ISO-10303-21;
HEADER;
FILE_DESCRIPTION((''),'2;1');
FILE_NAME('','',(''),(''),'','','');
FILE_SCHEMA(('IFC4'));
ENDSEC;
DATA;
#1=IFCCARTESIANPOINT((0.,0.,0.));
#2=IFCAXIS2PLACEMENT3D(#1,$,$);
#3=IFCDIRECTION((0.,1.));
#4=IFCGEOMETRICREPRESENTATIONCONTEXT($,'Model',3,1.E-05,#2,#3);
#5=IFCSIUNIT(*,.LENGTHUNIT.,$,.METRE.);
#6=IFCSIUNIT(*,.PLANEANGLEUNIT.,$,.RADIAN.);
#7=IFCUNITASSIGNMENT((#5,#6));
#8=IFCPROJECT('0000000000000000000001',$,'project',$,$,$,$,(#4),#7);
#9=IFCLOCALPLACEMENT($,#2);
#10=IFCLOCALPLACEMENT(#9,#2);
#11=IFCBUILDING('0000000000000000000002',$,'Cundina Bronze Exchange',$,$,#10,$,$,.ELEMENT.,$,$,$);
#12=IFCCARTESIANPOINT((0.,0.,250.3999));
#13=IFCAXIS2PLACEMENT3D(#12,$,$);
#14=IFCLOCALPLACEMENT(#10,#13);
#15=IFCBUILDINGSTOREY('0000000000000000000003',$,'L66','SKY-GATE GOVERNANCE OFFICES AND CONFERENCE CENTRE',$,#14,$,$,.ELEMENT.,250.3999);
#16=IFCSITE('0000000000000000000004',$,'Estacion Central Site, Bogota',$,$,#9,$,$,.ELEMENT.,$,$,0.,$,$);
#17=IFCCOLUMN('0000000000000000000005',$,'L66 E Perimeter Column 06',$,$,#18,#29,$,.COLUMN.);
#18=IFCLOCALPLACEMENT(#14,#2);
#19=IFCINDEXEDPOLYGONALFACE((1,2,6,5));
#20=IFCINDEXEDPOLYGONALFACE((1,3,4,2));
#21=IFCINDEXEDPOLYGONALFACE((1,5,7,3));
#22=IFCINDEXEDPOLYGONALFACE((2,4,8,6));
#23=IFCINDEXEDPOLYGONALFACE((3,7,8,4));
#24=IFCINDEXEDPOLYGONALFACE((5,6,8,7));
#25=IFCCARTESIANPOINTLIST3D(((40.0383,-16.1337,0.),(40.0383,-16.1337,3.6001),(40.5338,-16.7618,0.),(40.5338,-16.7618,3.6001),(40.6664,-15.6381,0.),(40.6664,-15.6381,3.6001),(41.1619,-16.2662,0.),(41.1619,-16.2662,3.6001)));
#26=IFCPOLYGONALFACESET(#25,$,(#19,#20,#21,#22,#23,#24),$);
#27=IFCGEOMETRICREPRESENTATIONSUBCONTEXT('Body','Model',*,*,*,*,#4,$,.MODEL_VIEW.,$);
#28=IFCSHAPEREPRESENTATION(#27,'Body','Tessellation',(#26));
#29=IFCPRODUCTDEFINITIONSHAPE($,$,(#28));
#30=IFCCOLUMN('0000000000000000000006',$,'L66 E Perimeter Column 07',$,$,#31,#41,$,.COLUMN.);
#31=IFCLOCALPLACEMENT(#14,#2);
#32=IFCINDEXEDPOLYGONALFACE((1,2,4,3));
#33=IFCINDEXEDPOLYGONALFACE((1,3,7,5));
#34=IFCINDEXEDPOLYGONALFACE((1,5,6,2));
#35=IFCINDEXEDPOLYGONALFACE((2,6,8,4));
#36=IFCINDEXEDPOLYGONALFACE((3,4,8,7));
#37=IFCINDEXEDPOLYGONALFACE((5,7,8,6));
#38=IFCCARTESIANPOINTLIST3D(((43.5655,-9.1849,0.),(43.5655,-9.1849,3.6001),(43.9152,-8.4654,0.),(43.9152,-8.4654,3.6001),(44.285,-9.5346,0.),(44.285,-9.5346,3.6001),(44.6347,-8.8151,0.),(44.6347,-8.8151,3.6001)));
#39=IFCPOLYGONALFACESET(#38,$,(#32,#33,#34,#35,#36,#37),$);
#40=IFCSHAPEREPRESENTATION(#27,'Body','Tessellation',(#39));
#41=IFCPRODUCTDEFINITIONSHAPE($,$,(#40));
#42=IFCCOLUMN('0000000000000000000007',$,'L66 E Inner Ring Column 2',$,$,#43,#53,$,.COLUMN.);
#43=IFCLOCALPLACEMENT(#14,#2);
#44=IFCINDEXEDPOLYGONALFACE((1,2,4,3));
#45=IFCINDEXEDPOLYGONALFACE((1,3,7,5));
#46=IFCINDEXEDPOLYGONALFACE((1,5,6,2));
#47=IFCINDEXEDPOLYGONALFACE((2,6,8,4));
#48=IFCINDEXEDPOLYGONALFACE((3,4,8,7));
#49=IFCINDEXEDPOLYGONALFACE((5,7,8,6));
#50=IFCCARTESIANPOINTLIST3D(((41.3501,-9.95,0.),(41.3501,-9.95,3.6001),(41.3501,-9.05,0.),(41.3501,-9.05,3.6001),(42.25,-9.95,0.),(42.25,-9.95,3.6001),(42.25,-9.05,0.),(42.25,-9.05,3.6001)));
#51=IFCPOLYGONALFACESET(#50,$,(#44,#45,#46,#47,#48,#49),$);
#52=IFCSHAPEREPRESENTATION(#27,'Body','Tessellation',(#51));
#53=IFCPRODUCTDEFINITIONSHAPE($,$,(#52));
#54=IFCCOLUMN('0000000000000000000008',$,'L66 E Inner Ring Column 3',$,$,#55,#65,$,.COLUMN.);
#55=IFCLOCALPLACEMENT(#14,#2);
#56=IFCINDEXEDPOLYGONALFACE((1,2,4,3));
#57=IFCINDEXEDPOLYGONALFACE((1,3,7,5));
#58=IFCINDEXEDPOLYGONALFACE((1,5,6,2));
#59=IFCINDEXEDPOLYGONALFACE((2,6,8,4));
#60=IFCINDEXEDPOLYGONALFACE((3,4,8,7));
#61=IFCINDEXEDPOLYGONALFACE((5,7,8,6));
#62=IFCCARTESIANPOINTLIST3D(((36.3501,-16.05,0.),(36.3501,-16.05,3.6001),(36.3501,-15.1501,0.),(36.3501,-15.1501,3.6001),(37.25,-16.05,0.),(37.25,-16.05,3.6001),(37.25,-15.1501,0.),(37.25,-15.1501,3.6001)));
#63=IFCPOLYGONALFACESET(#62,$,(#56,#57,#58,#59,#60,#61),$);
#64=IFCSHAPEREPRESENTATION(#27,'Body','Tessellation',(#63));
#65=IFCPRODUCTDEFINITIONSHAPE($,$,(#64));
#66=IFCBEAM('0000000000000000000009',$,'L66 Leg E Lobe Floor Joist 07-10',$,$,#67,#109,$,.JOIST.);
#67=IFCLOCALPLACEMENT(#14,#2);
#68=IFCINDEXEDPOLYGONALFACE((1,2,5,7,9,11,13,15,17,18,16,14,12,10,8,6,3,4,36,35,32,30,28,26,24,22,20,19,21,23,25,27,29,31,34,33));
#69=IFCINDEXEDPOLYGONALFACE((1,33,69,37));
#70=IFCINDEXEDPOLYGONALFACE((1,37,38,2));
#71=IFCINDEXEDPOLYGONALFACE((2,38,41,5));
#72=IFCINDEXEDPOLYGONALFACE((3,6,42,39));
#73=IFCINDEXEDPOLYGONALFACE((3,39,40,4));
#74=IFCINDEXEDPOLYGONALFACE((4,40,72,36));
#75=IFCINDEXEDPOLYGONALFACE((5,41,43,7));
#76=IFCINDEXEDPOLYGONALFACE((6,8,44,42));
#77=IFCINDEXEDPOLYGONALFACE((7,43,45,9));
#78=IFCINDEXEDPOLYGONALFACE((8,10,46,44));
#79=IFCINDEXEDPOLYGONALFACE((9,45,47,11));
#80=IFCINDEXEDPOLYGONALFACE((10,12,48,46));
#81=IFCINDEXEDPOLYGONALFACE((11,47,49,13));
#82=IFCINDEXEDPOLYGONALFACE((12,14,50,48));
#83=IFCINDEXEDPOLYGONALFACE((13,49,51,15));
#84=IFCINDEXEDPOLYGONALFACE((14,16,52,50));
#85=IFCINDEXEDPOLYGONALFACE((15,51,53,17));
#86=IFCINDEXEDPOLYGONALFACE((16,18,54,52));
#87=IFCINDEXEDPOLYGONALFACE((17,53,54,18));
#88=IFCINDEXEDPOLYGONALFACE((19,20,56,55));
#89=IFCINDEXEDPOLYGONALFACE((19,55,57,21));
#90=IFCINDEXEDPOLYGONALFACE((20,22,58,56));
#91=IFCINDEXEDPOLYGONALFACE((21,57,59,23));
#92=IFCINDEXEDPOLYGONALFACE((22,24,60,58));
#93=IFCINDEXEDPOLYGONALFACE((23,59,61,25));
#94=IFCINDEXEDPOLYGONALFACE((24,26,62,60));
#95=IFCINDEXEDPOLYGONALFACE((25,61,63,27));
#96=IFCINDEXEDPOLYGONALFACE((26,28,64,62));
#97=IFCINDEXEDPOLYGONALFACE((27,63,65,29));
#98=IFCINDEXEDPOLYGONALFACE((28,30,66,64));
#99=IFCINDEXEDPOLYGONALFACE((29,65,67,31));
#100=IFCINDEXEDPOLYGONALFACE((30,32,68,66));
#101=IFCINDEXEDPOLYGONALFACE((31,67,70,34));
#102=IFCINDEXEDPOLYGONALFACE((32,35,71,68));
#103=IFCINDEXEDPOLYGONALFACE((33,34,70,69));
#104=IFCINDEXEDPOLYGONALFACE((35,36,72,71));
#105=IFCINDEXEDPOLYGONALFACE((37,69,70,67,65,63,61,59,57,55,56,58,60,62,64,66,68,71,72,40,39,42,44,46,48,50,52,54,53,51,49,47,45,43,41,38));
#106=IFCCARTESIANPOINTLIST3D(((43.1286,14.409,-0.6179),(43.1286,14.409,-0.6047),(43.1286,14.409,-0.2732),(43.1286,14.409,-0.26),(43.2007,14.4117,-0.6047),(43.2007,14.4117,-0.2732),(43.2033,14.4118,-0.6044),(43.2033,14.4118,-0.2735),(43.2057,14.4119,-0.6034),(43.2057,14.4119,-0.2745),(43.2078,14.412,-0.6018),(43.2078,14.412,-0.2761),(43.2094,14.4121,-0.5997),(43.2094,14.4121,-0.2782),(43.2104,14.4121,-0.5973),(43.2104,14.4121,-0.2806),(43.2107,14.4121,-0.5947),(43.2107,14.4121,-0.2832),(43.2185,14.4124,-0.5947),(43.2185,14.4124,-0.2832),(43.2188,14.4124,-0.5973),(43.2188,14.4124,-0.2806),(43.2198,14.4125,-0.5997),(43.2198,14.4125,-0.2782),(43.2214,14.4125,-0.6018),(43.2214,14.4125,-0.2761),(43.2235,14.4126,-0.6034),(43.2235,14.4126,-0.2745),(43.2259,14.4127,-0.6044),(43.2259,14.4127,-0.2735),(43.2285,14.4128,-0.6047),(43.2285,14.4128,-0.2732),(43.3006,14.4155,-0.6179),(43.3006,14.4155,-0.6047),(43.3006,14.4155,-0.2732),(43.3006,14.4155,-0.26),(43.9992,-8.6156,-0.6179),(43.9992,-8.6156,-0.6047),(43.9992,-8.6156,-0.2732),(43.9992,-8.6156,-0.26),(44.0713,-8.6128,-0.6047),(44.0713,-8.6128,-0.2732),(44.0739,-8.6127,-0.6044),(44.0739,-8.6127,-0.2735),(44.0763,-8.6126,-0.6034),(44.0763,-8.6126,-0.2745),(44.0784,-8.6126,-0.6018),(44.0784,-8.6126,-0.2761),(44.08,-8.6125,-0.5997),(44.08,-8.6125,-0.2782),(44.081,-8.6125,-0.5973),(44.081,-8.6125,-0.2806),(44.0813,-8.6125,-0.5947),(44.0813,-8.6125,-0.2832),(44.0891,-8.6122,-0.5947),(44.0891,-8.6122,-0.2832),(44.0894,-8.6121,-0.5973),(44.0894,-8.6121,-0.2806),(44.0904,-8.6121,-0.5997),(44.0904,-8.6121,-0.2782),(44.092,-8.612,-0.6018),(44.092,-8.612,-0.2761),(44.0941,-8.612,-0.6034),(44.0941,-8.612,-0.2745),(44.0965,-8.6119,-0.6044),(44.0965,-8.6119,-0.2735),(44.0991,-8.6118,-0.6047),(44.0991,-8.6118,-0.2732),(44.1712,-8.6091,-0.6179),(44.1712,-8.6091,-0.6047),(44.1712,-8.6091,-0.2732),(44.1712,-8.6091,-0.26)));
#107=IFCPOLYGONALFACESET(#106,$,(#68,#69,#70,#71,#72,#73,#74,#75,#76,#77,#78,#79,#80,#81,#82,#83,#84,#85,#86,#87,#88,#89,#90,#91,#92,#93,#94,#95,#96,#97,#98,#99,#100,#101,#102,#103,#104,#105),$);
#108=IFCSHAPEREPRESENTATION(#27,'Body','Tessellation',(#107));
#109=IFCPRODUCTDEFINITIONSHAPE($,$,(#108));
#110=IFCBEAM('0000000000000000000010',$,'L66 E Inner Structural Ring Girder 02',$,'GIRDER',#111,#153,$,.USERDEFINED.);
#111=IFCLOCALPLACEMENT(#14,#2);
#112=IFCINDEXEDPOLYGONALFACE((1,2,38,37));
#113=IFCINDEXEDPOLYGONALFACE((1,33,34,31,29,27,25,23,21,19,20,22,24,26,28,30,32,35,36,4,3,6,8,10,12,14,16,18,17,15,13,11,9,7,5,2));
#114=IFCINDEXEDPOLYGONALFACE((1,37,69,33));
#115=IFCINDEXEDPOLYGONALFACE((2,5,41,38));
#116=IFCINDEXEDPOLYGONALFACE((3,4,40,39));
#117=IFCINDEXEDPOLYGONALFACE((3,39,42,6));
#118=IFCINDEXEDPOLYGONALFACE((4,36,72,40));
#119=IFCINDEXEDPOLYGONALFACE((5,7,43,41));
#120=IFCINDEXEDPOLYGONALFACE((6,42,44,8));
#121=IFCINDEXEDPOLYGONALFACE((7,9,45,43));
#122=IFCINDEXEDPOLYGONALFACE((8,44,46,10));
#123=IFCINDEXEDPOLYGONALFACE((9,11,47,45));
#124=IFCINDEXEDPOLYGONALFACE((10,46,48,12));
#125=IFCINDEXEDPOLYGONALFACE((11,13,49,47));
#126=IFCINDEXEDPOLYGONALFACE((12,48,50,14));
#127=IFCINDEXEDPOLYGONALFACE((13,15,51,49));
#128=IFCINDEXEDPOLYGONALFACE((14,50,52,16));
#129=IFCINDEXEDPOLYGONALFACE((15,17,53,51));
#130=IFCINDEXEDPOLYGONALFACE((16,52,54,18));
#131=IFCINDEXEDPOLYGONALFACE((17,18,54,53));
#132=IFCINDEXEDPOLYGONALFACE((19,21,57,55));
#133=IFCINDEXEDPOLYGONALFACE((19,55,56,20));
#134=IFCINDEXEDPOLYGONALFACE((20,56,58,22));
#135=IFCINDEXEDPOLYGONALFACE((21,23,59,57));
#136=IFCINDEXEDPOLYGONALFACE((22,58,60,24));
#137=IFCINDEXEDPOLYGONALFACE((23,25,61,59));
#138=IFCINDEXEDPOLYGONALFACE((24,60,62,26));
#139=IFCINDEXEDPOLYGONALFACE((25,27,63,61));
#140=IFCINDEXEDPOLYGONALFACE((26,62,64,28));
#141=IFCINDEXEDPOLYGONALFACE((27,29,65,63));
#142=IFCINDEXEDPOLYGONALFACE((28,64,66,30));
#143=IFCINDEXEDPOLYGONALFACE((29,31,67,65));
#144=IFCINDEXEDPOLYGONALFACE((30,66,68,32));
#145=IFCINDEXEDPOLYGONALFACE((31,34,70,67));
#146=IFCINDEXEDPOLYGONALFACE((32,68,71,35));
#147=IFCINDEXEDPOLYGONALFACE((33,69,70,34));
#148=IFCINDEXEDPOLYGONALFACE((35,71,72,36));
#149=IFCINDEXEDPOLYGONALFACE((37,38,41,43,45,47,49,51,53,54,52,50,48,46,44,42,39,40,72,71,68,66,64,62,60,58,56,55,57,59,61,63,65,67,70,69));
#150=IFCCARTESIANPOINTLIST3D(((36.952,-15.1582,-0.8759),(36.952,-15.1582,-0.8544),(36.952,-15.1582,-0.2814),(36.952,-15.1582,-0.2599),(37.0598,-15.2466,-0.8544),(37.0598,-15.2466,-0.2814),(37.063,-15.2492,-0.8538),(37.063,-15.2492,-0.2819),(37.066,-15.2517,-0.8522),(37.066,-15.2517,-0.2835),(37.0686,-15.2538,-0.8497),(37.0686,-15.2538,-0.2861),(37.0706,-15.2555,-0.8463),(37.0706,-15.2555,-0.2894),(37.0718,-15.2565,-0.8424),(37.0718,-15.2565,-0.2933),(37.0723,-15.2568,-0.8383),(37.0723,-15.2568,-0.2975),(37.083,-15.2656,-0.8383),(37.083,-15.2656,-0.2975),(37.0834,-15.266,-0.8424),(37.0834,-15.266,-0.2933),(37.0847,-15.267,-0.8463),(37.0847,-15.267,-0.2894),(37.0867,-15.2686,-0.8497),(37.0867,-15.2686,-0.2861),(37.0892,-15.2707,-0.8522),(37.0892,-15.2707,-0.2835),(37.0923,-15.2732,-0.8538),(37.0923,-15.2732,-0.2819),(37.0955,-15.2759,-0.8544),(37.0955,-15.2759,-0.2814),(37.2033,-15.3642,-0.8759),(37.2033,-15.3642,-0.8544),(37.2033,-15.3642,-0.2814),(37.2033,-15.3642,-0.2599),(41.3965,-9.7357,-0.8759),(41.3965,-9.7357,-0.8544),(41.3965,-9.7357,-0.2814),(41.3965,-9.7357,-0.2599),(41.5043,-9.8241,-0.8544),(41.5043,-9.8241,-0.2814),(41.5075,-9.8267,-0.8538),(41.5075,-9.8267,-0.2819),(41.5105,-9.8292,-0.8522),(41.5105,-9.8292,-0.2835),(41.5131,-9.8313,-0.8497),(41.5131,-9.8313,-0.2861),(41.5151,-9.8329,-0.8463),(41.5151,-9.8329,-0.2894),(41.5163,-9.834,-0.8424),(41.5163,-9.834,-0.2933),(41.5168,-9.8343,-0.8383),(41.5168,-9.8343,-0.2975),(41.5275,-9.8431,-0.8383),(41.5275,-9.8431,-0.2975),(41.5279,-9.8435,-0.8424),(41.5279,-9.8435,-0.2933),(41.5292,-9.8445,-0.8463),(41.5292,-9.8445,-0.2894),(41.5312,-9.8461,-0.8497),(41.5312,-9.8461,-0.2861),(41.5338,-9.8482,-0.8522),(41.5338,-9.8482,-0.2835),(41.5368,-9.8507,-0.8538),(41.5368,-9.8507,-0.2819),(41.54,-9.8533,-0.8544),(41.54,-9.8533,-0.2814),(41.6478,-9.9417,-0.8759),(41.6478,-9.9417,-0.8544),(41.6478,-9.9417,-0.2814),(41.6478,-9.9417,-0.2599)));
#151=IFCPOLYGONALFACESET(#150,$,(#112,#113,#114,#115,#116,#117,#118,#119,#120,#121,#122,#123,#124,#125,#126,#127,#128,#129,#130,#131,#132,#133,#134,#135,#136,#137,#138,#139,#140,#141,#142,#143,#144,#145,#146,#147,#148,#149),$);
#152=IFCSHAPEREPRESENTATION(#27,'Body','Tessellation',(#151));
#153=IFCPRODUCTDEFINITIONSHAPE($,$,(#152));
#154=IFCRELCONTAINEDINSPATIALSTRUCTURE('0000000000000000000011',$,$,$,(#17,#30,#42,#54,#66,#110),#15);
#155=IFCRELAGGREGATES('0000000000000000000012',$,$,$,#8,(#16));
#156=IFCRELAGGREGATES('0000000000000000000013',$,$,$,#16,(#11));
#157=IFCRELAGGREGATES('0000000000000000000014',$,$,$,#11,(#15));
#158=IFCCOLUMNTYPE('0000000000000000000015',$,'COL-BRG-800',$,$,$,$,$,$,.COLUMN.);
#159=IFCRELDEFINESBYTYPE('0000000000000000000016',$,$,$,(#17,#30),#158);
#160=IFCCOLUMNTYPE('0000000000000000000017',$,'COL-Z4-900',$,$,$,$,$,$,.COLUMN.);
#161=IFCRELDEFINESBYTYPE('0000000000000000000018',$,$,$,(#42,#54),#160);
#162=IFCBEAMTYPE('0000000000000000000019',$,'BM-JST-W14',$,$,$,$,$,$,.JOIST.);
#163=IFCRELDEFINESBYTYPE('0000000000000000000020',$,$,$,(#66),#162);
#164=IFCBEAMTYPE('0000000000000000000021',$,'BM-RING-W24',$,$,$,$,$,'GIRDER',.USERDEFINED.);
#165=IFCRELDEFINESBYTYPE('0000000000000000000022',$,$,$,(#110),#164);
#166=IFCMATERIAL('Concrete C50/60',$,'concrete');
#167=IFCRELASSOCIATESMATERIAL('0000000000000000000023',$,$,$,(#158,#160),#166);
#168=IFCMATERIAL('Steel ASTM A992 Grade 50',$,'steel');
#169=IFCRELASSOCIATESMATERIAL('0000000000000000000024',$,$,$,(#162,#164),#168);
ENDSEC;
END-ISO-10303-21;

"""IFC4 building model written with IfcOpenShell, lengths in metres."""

from ifc_helpers import new_model, si_unit, direction, frame, origin, origin_2d, place, context, subcontext, project, spatial, rectangle, i_section, extrude, material, material_profile, profile_set, type_object, element, save


model = new_model("IFC4")

# Units and contexts
model_context = context("Model", 3, precision=1e-05, world=origin(), true_north=direction((0.0, 1.0)))
body_context = subcontext(model_context, "Body", "Model", "MODEL_VIEW")
ifc_project = project(units=[si_unit("LENGTHUNIT", "METRE"), si_unit("PLANEANGLEUNIT", "RADIAN")], contexts=[model_context])

# Site, building, storey
site_placement = place(None, origin())
site = spatial("IfcSite", under=ifc_project, at=site_placement, Name="Estacion Central Site, Bogota", CompositionType="ELEMENT", RefElevation=0.0)
building_placement = place(site_placement, origin())
building = spatial("IfcBuilding", under=site, at=building_placement, Name="Cundina Bronze Exchange", CompositionType="ELEMENT")
storey_placement = place(building_placement, frame((0.0, 0.0, 250.3999)))
storey = spatial("IfcBuildingStorey", under=building, at=storey_placement, Name="L66", Description="SKY-GATE GOVERNANCE OFFICES AND CONFERENCE CENTRE", CompositionType="ELEMENT", Elevation=250.3999)

# Columns
ifc_material_1 = material(Name="Concrete C50/60", Category="concrete")
ifc_material_profile_1 = material_profile(ifc_material_1, rectangle(XDim=0.8, YDim=0.8, at=origin_2d()), Name="RC800X800", Category="concrete")
ifc_profile_set_1 = profile_set([ifc_material_profile_1], Name="Concrete C50/60")
column_type_1 = type_object("IfcColumnType", Name="COL-BRG-800", PredefinedType="COLUMN", material=ifc_profile_set_1)
for number, where, z_axis, x_axis, name in (
    (1, (40.6001, -16.2, 0.0), (0.0, 0.0, 1.0), (0.785101, 0.619368, 0.0), "L66 E Perimeter Column 06"),
    (2, (44.1001, -9.0, 0.0), (0.0, 0.0, 1.0), (0.437116, 0.899405, 0.0), "L66 E Perimeter Column 07"),
):
    element("IfcColumn", number, at=place(storey_placement, frame(where, z_axis=z_axis, x_axis=x_axis)), inside=storey, type_object=column_type_1, Name=name, PredefinedType="COLUMN", context=body_context, shape_type="SweptSolid", body=[
        extrude(rectangle(XDim=0.8, YDim=0.8, at=origin_2d()), origin(), (0.0, 0.0, 1.0), 3.6001),
    ])
ifc_material_profile_2 = material_profile(ifc_material_1, rectangle(XDim=0.8999, YDim=0.8999, at=origin_2d()), Name="RC900X900", Category="concrete")
ifc_profile_set_2 = profile_set([ifc_material_profile_2], Name="Concrete C50/60")
column_type_2 = type_object("IfcColumnType", Name="COL-Z4-900", PredefinedType="COLUMN", material=ifc_profile_set_2)
for number, where, z_axis, x_axis, name in (
    (3, (41.8, -9.5, 0.0), (0.0, 0.0, 1.0), (1.0, 0.0, 0.0), "L66 E Inner Ring Column 2"),
    (4, (36.8, -15.6001, 0.0), (0.0, 0.0, 1.0), (1.0, 0.0, 0.0), "L66 E Inner Ring Column 3"),
):
    element("IfcColumn", number, at=place(storey_placement, frame(where, z_axis=z_axis, x_axis=x_axis)), inside=storey, type_object=column_type_2, Name=name, PredefinedType="COLUMN", context=body_context, shape_type="SweptSolid", body=[
        extrude(rectangle(XDim=0.8999, YDim=0.8999, at=origin_2d()), origin(), (0.0, 0.0, 1.0), 3.6001),
    ])

# Beams
ifc_material_2 = material(Name="Steel ASTM A992 Grade 50", Category="steel")
ifc_material_profile_3 = material_profile(ifc_material_2, i_section(OverallWidth=0.1721, OverallDepth=0.3579, WebThickness=0.0078, FlangeThickness=0.0132, FilletRadius=0.01, at=origin_2d()), Name="W14X38", Category="steel")
ifc_profile_set_3 = profile_set([ifc_material_profile_3], Name="Steel ASTM A992 Grade 50")
beam_type_1 = type_object("IfcBeamType", Name="BM-JST-W14", PredefinedType="JOIST", material=ifc_profile_set_3)
beam_1_placement = place(storey_placement, frame((44.0852, -8.6123, -0.439), z_axis=(-0.037785, 0.999286, 0.0), x_axis=(-0.999286, -0.037785, 0.0)))
element("IfcBeam", 5, at=beam_1_placement, inside=storey, type_object=beam_type_1, Name="L66 Leg E Lobe Floor Joist 07-10", PredefinedType="JOIST", context=body_context, shape_type="SweptSolid", body=[
    extrude(i_section(OverallWidth=0.1721, OverallDepth=0.3579, WebThickness=0.0078, FlangeThickness=0.0132, FilletRadius=0.01, at=origin_2d()), origin(), (0.0, 0.0, 1.0), 23.041),
])
ifc_material_profile_4 = material_profile(ifc_material_2, i_section(OverallWidth=0.325, OverallDepth=0.616, WebThickness=0.0139, FlangeThickness=0.0215, FilletRadius=0.0161, at=origin_2d()), Name="W24X117", Category="steel")
ifc_profile_set_4 = profile_set([ifc_material_profile_4], Name="Steel ASTM A992 Grade 50")
beam_type_2 = type_object("IfcBeamType", Name="BM-RING-W24", ElementType="GIRDER", PredefinedType="USERDEFINED", material=ifc_profile_set_4)
beam_2_placement = place(storey_placement, frame((37.0776, -15.2612, -0.5679), z_axis=(0.633913, 0.773405, 0.0), x_axis=(-0.773405, 0.633913, 0.0)))
element("IfcBeam", 6, at=beam_2_placement, inside=storey, type_object=beam_type_2, Name="L66 E Inner Structural Ring Girder 02", ObjectType="GIRDER", PredefinedType="USERDEFINED", context=body_context, shape_type="SweptSolid", body=[
    extrude(i_section(OverallWidth=0.325, OverallDepth=0.616, WebThickness=0.0139, FlangeThickness=0.0215, FilletRadius=0.0161, at=origin_2d()), origin(), (0.0, 0.0, 1.0), 7.0112),
])

save(model, "model.ifc")
